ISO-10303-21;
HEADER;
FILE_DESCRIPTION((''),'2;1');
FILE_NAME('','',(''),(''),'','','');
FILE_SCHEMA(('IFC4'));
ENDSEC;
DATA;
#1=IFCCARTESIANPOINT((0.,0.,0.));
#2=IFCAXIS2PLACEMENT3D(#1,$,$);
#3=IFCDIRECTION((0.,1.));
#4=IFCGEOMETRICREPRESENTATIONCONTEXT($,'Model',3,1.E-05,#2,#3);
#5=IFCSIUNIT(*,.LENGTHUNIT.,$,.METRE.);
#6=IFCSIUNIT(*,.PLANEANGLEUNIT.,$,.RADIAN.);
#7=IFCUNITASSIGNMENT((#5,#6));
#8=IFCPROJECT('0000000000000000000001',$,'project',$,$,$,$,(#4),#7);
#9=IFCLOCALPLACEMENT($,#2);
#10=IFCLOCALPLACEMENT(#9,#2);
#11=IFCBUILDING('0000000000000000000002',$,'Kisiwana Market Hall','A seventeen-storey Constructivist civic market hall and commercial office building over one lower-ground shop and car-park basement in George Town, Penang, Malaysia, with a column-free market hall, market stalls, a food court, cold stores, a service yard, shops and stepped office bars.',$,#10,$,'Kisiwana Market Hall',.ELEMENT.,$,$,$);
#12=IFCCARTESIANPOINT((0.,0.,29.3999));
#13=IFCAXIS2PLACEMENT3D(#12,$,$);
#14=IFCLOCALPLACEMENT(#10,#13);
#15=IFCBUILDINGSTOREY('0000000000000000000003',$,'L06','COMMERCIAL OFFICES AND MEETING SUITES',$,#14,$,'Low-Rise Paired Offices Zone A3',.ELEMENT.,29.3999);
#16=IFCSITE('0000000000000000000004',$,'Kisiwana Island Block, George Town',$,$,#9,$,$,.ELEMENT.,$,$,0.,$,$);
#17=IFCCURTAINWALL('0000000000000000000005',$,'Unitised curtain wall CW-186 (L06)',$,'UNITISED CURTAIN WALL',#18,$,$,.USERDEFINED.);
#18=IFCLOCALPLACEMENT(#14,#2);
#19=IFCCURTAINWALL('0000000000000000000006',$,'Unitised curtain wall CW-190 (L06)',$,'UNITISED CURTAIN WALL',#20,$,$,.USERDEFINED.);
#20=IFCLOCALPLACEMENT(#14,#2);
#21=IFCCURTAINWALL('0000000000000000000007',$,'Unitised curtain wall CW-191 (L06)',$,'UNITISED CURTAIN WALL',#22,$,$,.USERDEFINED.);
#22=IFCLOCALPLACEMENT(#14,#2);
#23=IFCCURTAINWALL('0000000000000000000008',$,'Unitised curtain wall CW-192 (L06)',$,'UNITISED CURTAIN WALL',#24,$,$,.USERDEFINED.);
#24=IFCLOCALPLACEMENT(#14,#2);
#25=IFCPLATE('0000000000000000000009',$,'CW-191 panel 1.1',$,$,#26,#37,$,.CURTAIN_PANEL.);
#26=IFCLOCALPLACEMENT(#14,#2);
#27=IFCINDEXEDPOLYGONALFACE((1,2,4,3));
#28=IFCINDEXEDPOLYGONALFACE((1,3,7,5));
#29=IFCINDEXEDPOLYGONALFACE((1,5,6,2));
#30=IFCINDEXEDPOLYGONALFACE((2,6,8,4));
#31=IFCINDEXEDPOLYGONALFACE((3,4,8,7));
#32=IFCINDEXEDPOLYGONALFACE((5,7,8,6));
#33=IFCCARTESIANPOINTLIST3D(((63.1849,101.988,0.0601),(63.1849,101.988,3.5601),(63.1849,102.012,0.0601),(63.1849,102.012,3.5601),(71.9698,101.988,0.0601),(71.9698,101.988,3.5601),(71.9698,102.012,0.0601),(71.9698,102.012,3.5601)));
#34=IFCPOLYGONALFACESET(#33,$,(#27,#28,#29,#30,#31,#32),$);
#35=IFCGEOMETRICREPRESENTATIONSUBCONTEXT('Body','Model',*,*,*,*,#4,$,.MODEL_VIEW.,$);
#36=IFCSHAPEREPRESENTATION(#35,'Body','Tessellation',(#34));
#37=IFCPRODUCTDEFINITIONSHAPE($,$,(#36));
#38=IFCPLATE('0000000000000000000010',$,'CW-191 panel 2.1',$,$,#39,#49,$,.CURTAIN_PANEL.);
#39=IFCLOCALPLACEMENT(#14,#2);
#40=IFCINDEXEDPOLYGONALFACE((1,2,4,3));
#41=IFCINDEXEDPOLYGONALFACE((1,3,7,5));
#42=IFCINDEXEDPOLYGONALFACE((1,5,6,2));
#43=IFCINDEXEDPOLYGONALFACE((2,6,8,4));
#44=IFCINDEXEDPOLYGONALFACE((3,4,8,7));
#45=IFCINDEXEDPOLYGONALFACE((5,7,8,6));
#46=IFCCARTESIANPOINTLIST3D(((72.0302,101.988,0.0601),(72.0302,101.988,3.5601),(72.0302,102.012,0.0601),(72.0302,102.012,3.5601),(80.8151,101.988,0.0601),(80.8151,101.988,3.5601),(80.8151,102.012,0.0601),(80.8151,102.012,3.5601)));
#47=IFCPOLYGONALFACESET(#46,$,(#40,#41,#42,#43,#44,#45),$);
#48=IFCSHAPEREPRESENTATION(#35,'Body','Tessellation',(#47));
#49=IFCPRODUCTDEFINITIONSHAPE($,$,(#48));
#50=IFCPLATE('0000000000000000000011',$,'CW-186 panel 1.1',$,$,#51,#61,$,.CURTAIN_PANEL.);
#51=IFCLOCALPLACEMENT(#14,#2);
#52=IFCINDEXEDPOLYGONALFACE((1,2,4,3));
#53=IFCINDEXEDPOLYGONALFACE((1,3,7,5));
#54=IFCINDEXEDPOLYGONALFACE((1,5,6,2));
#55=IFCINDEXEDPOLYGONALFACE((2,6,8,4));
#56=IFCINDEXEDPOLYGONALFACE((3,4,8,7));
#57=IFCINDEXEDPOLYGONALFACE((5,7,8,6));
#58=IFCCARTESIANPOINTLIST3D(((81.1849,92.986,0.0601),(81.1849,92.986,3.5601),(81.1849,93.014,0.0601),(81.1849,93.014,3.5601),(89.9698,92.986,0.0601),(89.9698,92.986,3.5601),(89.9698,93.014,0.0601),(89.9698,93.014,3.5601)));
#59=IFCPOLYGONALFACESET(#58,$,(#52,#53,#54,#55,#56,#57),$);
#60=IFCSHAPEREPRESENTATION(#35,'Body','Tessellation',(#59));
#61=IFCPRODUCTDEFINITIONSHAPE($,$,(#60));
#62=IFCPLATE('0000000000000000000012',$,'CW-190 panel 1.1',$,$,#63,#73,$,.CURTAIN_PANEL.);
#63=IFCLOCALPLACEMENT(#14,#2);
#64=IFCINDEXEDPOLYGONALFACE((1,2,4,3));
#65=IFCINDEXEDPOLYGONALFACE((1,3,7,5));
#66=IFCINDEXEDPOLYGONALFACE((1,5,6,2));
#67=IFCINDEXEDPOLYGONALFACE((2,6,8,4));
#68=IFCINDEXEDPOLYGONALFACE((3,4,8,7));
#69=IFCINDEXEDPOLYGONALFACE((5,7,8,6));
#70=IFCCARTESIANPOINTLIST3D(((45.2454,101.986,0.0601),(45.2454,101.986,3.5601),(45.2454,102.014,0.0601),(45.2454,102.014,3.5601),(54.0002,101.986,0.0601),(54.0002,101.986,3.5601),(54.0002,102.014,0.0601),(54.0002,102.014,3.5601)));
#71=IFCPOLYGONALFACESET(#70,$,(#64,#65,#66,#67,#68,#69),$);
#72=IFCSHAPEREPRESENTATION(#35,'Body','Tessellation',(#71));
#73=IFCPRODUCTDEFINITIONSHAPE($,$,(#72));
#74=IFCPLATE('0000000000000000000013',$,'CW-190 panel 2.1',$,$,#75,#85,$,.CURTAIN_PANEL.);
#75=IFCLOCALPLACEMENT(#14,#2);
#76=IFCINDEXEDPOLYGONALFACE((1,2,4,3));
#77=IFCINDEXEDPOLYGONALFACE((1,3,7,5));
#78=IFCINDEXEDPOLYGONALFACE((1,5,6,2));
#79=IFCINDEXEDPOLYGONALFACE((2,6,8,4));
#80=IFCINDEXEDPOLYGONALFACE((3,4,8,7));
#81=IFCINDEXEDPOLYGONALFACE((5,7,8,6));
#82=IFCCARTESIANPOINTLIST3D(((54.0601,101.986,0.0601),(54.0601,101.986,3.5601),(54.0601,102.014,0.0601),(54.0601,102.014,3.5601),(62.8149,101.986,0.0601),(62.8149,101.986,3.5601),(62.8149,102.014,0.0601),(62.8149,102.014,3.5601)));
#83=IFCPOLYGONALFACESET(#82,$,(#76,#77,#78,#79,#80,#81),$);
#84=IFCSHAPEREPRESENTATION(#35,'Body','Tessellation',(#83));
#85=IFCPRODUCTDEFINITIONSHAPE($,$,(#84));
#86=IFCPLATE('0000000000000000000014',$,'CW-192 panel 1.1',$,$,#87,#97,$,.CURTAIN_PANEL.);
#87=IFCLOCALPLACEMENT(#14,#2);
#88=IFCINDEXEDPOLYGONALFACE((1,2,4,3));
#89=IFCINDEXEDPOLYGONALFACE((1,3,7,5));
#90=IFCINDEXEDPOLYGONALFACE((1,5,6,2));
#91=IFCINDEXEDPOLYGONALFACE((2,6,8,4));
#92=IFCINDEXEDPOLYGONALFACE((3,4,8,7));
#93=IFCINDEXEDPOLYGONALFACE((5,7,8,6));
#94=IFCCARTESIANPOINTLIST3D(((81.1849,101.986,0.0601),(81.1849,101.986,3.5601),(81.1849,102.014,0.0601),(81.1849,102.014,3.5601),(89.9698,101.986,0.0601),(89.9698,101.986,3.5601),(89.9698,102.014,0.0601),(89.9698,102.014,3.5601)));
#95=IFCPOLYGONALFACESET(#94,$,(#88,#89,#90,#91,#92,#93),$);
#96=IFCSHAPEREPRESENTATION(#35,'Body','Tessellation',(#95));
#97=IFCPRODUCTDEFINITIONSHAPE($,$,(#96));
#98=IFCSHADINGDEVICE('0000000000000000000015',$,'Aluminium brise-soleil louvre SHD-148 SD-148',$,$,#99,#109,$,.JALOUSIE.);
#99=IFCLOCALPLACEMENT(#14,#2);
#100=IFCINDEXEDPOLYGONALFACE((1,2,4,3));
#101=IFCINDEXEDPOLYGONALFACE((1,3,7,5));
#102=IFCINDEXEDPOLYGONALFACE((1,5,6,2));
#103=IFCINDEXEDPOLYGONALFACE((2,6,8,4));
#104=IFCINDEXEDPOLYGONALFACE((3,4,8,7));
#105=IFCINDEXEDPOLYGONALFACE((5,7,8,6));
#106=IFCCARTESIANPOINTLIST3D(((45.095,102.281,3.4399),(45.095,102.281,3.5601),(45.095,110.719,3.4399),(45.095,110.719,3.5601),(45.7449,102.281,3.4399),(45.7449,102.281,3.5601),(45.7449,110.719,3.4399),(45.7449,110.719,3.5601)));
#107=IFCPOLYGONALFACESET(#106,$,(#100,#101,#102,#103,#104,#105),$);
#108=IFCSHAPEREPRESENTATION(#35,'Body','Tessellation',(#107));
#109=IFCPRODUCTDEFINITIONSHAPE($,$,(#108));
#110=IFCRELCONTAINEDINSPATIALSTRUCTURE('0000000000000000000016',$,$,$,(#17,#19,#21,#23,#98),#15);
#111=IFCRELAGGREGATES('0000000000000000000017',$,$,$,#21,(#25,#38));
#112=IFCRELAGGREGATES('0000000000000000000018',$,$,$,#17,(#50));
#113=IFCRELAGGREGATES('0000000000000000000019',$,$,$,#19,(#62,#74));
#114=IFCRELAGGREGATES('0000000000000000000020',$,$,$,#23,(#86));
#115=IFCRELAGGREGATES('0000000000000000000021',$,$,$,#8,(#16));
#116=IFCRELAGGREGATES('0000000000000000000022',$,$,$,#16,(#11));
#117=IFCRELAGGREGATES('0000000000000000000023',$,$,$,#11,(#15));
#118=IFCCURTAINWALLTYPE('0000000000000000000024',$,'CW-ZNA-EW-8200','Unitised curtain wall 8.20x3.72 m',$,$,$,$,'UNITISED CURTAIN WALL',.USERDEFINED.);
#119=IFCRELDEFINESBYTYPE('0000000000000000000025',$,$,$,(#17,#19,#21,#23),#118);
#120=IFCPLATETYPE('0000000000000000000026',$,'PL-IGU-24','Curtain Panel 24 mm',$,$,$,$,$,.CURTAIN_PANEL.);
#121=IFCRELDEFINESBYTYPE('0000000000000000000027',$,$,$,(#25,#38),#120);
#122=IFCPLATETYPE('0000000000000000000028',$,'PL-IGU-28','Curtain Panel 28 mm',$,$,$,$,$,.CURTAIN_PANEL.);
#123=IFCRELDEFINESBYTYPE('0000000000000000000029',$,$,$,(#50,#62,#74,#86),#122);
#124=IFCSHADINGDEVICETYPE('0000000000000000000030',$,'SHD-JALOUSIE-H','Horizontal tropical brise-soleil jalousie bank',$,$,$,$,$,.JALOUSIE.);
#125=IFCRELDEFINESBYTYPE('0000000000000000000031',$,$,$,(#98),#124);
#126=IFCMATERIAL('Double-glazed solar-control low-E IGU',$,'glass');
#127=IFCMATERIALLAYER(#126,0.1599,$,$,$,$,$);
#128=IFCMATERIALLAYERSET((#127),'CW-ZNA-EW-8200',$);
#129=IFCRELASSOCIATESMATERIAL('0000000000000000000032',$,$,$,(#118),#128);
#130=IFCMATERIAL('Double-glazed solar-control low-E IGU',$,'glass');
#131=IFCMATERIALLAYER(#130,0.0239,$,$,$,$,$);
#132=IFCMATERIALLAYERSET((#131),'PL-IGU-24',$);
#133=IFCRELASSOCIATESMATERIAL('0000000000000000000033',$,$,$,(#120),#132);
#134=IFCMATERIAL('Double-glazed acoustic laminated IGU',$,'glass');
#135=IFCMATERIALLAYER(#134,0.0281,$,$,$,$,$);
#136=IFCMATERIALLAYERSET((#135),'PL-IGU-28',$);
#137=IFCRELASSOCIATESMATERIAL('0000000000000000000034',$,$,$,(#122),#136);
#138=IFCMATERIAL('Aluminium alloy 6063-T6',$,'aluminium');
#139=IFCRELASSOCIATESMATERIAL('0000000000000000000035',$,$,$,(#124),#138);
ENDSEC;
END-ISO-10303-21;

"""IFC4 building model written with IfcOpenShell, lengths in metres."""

from ifc_helpers import new_model, si_unit, direction, frame, origin, origin_2d, place, context, subcontext, project, spatial, rectangle, extrude, material, layer, layer_set, type_object, element, aggregate, save


model = new_model("IFC4")

# Units and contexts
model_context = context("Model", 3, precision=1e-05, world=origin(), true_north=direction((0.0, 1.0)))
body_context = subcontext(model_context, "Body", "Model", "MODEL_VIEW")
ifc_project = project(units=[si_unit("LENGTHUNIT", "METRE"), si_unit("PLANEANGLEUNIT", "RADIAN")], contexts=[model_context])

# Site, building, storey
site_placement = place(None, origin())
site = spatial("IfcSite", under=ifc_project, at=site_placement, Name="Kisiwana Island Block, George Town", CompositionType="ELEMENT", RefElevation=0.0)
building_placement = place(site_placement, origin())
building = spatial("IfcBuilding", under=site, at=building_placement, Name="Kisiwana Market Hall", Description="A seventeen-storey Constructivist civic market hall and commercial office building over one lower-ground shop and car-park basement in George Town, Penang, Malaysia, with a column-free market hall, market stalls, a food court, cold stores, a service yard, shops and stepped office bars.", LongName="Kisiwana Market Hall", CompositionType="ELEMENT")
storey_placement = place(building_placement, frame((0.0, 0.0, 29.3999)))
storey = spatial("IfcBuildingStorey", under=building, at=storey_placement, Name="L06", Description="COMMERCIAL OFFICES AND MEETING SUITES", LongName="Low-Rise Paired Offices Zone A3", CompositionType="ELEMENT", Elevation=29.3999)

# Curtain wall
ifc_material_1 = material(Name="Double-glazed solar-control low-E IGU", Category="glass")
ifc_layer_1 = layer(ifc_material_1, 0.1599)
ifc_layer_set_1 = layer_set([ifc_layer_1], Name="CW-ZNA-EW-8200")
curtain_wall_type = type_object("IfcCurtainWallType", Name="CW-ZNA-EW-8200", Description="Unitised curtain wall 8.20x3.72 m", ElementType="UNITISED CURTAIN WALL", PredefinedType="USERDEFINED", material=ifc_layer_set_1)
curtain_wall_1_placement = place(storey_placement, origin())
curtain_wall_1 = element("IfcCurtainWall", 1, at=curtain_wall_1_placement, inside=storey, type_object=curtain_wall_type, Name="Unitised curtain wall CW-186 (L06)", ObjectType="UNITISED CURTAIN WALL", PredefinedType="USERDEFINED")

# Curtain walls
curtain_wall_2_placement = place(storey_placement, origin())
curtain_wall_2 = element("IfcCurtainWall", 2, at=curtain_wall_2_placement, inside=storey, type_object=curtain_wall_type, Name="Unitised curtain wall CW-190 (L06)", ObjectType="UNITISED CURTAIN WALL", PredefinedType="USERDEFINED")
curtain_wall_3_placement = place(storey_placement, origin())
curtain_wall_3 = element("IfcCurtainWall", 3, at=curtain_wall_3_placement, inside=storey, type_object=curtain_wall_type, Name="Unitised curtain wall CW-191 (L06)", ObjectType="UNITISED CURTAIN WALL", PredefinedType="USERDEFINED")
curtain_wall_4_placement = place(storey_placement, origin())
curtain_wall_4 = element("IfcCurtainWall", 4, at=curtain_wall_4_placement, inside=storey, type_object=curtain_wall_type, Name="Unitised curtain wall CW-192 (L06)", ObjectType="UNITISED CURTAIN WALL", PredefinedType="USERDEFINED")

# Plates
ifc_material_2 = material(Name="Double-glazed solar-control low-E IGU", Category="glass")
ifc_layer_2 = layer(ifc_material_2, 0.0239)
ifc_layer_set_2 = layer_set([ifc_layer_2], Name="PL-IGU-24")
plate_type_1 = type_object("IfcPlateType", Name="PL-IGU-24", Description="Curtain Panel 24 mm", PredefinedType="CURTAIN_PANEL", material=ifc_layer_set_2)
plate_1_placement = place(storey_placement, frame((67.5774, 102.0, 0.0601), z_axis=(0.0, 0.0, 1.0), x_axis=(1.0, 0.0, 0.0)))
plate_1 = element("IfcPlate", 5, at=plate_1_placement, type_object=plate_type_1, Name="CW-191 panel 1.1", PredefinedType="CURTAIN_PANEL", context=body_context, shape_type="SweptSolid", body=[
    extrude(rectangle(XDim=8.7849, YDim=0.0239, at=origin_2d()), origin(), (0.0, 0.0, 1.0), 3.5),
])
plate_2_placement = place(storey_placement, frame((76.4226, 102.0, 0.0601), z_axis=(0.0, 0.0, 1.0), x_axis=(1.0, 0.0, 0.0)))
plate_2 = element("IfcPlate", 6, at=plate_2_placement, type_object=plate_type_1, Name="CW-191 panel 2.1", PredefinedType="CURTAIN_PANEL", context=body_context, shape_type="SweptSolid", body=[
    extrude(rectangle(XDim=8.7849, YDim=0.0239, at=origin_2d()), origin(), (0.0, 0.0, 1.0), 3.5),
])
aggregate(curtain_wall_3, [plate_1, plate_2])
ifc_material_3 = material(Name="Double-glazed acoustic laminated IGU", Category="glass")
ifc_layer_3 = layer(ifc_material_3, 0.0281)
ifc_layer_set_3 = layer_set([ifc_layer_3], Name="PL-IGU-28")
plate_type_2 = type_object("IfcPlateType", Name="PL-IGU-28", Description="Curtain Panel 28 mm", PredefinedType="CURTAIN_PANEL", material=ifc_layer_set_3)
plate_3_placement = place(storey_placement, frame((85.5774, 93.0, 0.0601), z_axis=(0.0, 0.0, 1.0), x_axis=(1.0, 0.0, 0.0)))
plate_3 = element("IfcPlate", 7, at=plate_3_placement, type_object=plate_type_2, Name="CW-186 panel 1.1", PredefinedType="CURTAIN_PANEL", context=body_context, shape_type="SweptSolid", body=[
    extrude(rectangle(XDim=8.7849, YDim=0.0281, at=origin_2d()), origin(), (0.0, 0.0, 1.0), 3.5),
])
aggregate(curtain_wall_1, [plate_3])
plate_4_placement = place(storey_placement, frame((49.6228, 102.0, 0.0601), z_axis=(0.0, 0.0, 1.0), x_axis=(1.0, 0.0, 0.0)))
plate_4 = element("IfcPlate", 8, at=plate_4_placement, type_object=plate_type_2, Name="CW-190 panel 1.1", PredefinedType="CURTAIN_PANEL", context=body_context, shape_type="SweptSolid", body=[
    extrude(rectangle(XDim=8.7549, YDim=0.0281, at=origin_2d()), origin(), (0.0, 0.0, 1.0), 3.5),
])
plate_5_placement = place(storey_placement, frame((58.4375, 102.0, 0.0601), z_axis=(0.0, 0.0, 1.0), x_axis=(1.0, 0.0, 0.0)))
plate_5 = element("IfcPlate", 9, at=plate_5_placement, type_object=plate_type_2, Name="CW-190 panel 2.1", PredefinedType="CURTAIN_PANEL", context=body_context, shape_type="SweptSolid", body=[
    extrude(rectangle(XDim=8.7549, YDim=0.0281, at=origin_2d()), origin(), (0.0, 0.0, 1.0), 3.5),
])
aggregate(curtain_wall_2, [plate_4, plate_5])
plate_6_placement = place(storey_placement, frame((85.5774, 102.0, 0.0601), z_axis=(0.0, 0.0, 1.0), x_axis=(1.0, 0.0, 0.0)))
plate_6 = element("IfcPlate", 10, at=plate_6_placement, type_object=plate_type_2, Name="CW-192 panel 1.1", PredefinedType="CURTAIN_PANEL", context=body_context, shape_type="SweptSolid", body=[
    extrude(rectangle(XDim=8.7849, YDim=0.0281, at=origin_2d()), origin(), (0.0, 0.0, 1.0), 3.5),
])
aggregate(curtain_wall_4, [plate_6])

# Shading device
ifc_material_4 = material(Name="Aluminium alloy 6063-T6", Category="aluminium")
shading_device_type = type_object("IfcShadingDeviceType", Name="SHD-JALOUSIE-H", Description="Horizontal tropical brise-soleil jalousie bank", PredefinedType="JALOUSIE", material=ifc_material_4)
shading_device_placement = place(storey_placement, frame((45.4199, 106.5, 3.4399), z_axis=(0.0, 0.0, 1.0), x_axis=(0.0, 1.0, 0.0)))
element("IfcShadingDevice", 11, at=shading_device_placement, inside=storey, type_object=shading_device_type, Name="Aluminium brise-soleil louvre SHD-148 SD-148", PredefinedType="JALOUSIE", context=body_context, shape_type="SweptSolid", body=[
    extrude(rectangle(XDim=8.438, YDim=0.6499, at=origin_2d()), origin(), (0.0, 0.0, 1.0), 0.1201),
])

save(model, "model.ifc")
